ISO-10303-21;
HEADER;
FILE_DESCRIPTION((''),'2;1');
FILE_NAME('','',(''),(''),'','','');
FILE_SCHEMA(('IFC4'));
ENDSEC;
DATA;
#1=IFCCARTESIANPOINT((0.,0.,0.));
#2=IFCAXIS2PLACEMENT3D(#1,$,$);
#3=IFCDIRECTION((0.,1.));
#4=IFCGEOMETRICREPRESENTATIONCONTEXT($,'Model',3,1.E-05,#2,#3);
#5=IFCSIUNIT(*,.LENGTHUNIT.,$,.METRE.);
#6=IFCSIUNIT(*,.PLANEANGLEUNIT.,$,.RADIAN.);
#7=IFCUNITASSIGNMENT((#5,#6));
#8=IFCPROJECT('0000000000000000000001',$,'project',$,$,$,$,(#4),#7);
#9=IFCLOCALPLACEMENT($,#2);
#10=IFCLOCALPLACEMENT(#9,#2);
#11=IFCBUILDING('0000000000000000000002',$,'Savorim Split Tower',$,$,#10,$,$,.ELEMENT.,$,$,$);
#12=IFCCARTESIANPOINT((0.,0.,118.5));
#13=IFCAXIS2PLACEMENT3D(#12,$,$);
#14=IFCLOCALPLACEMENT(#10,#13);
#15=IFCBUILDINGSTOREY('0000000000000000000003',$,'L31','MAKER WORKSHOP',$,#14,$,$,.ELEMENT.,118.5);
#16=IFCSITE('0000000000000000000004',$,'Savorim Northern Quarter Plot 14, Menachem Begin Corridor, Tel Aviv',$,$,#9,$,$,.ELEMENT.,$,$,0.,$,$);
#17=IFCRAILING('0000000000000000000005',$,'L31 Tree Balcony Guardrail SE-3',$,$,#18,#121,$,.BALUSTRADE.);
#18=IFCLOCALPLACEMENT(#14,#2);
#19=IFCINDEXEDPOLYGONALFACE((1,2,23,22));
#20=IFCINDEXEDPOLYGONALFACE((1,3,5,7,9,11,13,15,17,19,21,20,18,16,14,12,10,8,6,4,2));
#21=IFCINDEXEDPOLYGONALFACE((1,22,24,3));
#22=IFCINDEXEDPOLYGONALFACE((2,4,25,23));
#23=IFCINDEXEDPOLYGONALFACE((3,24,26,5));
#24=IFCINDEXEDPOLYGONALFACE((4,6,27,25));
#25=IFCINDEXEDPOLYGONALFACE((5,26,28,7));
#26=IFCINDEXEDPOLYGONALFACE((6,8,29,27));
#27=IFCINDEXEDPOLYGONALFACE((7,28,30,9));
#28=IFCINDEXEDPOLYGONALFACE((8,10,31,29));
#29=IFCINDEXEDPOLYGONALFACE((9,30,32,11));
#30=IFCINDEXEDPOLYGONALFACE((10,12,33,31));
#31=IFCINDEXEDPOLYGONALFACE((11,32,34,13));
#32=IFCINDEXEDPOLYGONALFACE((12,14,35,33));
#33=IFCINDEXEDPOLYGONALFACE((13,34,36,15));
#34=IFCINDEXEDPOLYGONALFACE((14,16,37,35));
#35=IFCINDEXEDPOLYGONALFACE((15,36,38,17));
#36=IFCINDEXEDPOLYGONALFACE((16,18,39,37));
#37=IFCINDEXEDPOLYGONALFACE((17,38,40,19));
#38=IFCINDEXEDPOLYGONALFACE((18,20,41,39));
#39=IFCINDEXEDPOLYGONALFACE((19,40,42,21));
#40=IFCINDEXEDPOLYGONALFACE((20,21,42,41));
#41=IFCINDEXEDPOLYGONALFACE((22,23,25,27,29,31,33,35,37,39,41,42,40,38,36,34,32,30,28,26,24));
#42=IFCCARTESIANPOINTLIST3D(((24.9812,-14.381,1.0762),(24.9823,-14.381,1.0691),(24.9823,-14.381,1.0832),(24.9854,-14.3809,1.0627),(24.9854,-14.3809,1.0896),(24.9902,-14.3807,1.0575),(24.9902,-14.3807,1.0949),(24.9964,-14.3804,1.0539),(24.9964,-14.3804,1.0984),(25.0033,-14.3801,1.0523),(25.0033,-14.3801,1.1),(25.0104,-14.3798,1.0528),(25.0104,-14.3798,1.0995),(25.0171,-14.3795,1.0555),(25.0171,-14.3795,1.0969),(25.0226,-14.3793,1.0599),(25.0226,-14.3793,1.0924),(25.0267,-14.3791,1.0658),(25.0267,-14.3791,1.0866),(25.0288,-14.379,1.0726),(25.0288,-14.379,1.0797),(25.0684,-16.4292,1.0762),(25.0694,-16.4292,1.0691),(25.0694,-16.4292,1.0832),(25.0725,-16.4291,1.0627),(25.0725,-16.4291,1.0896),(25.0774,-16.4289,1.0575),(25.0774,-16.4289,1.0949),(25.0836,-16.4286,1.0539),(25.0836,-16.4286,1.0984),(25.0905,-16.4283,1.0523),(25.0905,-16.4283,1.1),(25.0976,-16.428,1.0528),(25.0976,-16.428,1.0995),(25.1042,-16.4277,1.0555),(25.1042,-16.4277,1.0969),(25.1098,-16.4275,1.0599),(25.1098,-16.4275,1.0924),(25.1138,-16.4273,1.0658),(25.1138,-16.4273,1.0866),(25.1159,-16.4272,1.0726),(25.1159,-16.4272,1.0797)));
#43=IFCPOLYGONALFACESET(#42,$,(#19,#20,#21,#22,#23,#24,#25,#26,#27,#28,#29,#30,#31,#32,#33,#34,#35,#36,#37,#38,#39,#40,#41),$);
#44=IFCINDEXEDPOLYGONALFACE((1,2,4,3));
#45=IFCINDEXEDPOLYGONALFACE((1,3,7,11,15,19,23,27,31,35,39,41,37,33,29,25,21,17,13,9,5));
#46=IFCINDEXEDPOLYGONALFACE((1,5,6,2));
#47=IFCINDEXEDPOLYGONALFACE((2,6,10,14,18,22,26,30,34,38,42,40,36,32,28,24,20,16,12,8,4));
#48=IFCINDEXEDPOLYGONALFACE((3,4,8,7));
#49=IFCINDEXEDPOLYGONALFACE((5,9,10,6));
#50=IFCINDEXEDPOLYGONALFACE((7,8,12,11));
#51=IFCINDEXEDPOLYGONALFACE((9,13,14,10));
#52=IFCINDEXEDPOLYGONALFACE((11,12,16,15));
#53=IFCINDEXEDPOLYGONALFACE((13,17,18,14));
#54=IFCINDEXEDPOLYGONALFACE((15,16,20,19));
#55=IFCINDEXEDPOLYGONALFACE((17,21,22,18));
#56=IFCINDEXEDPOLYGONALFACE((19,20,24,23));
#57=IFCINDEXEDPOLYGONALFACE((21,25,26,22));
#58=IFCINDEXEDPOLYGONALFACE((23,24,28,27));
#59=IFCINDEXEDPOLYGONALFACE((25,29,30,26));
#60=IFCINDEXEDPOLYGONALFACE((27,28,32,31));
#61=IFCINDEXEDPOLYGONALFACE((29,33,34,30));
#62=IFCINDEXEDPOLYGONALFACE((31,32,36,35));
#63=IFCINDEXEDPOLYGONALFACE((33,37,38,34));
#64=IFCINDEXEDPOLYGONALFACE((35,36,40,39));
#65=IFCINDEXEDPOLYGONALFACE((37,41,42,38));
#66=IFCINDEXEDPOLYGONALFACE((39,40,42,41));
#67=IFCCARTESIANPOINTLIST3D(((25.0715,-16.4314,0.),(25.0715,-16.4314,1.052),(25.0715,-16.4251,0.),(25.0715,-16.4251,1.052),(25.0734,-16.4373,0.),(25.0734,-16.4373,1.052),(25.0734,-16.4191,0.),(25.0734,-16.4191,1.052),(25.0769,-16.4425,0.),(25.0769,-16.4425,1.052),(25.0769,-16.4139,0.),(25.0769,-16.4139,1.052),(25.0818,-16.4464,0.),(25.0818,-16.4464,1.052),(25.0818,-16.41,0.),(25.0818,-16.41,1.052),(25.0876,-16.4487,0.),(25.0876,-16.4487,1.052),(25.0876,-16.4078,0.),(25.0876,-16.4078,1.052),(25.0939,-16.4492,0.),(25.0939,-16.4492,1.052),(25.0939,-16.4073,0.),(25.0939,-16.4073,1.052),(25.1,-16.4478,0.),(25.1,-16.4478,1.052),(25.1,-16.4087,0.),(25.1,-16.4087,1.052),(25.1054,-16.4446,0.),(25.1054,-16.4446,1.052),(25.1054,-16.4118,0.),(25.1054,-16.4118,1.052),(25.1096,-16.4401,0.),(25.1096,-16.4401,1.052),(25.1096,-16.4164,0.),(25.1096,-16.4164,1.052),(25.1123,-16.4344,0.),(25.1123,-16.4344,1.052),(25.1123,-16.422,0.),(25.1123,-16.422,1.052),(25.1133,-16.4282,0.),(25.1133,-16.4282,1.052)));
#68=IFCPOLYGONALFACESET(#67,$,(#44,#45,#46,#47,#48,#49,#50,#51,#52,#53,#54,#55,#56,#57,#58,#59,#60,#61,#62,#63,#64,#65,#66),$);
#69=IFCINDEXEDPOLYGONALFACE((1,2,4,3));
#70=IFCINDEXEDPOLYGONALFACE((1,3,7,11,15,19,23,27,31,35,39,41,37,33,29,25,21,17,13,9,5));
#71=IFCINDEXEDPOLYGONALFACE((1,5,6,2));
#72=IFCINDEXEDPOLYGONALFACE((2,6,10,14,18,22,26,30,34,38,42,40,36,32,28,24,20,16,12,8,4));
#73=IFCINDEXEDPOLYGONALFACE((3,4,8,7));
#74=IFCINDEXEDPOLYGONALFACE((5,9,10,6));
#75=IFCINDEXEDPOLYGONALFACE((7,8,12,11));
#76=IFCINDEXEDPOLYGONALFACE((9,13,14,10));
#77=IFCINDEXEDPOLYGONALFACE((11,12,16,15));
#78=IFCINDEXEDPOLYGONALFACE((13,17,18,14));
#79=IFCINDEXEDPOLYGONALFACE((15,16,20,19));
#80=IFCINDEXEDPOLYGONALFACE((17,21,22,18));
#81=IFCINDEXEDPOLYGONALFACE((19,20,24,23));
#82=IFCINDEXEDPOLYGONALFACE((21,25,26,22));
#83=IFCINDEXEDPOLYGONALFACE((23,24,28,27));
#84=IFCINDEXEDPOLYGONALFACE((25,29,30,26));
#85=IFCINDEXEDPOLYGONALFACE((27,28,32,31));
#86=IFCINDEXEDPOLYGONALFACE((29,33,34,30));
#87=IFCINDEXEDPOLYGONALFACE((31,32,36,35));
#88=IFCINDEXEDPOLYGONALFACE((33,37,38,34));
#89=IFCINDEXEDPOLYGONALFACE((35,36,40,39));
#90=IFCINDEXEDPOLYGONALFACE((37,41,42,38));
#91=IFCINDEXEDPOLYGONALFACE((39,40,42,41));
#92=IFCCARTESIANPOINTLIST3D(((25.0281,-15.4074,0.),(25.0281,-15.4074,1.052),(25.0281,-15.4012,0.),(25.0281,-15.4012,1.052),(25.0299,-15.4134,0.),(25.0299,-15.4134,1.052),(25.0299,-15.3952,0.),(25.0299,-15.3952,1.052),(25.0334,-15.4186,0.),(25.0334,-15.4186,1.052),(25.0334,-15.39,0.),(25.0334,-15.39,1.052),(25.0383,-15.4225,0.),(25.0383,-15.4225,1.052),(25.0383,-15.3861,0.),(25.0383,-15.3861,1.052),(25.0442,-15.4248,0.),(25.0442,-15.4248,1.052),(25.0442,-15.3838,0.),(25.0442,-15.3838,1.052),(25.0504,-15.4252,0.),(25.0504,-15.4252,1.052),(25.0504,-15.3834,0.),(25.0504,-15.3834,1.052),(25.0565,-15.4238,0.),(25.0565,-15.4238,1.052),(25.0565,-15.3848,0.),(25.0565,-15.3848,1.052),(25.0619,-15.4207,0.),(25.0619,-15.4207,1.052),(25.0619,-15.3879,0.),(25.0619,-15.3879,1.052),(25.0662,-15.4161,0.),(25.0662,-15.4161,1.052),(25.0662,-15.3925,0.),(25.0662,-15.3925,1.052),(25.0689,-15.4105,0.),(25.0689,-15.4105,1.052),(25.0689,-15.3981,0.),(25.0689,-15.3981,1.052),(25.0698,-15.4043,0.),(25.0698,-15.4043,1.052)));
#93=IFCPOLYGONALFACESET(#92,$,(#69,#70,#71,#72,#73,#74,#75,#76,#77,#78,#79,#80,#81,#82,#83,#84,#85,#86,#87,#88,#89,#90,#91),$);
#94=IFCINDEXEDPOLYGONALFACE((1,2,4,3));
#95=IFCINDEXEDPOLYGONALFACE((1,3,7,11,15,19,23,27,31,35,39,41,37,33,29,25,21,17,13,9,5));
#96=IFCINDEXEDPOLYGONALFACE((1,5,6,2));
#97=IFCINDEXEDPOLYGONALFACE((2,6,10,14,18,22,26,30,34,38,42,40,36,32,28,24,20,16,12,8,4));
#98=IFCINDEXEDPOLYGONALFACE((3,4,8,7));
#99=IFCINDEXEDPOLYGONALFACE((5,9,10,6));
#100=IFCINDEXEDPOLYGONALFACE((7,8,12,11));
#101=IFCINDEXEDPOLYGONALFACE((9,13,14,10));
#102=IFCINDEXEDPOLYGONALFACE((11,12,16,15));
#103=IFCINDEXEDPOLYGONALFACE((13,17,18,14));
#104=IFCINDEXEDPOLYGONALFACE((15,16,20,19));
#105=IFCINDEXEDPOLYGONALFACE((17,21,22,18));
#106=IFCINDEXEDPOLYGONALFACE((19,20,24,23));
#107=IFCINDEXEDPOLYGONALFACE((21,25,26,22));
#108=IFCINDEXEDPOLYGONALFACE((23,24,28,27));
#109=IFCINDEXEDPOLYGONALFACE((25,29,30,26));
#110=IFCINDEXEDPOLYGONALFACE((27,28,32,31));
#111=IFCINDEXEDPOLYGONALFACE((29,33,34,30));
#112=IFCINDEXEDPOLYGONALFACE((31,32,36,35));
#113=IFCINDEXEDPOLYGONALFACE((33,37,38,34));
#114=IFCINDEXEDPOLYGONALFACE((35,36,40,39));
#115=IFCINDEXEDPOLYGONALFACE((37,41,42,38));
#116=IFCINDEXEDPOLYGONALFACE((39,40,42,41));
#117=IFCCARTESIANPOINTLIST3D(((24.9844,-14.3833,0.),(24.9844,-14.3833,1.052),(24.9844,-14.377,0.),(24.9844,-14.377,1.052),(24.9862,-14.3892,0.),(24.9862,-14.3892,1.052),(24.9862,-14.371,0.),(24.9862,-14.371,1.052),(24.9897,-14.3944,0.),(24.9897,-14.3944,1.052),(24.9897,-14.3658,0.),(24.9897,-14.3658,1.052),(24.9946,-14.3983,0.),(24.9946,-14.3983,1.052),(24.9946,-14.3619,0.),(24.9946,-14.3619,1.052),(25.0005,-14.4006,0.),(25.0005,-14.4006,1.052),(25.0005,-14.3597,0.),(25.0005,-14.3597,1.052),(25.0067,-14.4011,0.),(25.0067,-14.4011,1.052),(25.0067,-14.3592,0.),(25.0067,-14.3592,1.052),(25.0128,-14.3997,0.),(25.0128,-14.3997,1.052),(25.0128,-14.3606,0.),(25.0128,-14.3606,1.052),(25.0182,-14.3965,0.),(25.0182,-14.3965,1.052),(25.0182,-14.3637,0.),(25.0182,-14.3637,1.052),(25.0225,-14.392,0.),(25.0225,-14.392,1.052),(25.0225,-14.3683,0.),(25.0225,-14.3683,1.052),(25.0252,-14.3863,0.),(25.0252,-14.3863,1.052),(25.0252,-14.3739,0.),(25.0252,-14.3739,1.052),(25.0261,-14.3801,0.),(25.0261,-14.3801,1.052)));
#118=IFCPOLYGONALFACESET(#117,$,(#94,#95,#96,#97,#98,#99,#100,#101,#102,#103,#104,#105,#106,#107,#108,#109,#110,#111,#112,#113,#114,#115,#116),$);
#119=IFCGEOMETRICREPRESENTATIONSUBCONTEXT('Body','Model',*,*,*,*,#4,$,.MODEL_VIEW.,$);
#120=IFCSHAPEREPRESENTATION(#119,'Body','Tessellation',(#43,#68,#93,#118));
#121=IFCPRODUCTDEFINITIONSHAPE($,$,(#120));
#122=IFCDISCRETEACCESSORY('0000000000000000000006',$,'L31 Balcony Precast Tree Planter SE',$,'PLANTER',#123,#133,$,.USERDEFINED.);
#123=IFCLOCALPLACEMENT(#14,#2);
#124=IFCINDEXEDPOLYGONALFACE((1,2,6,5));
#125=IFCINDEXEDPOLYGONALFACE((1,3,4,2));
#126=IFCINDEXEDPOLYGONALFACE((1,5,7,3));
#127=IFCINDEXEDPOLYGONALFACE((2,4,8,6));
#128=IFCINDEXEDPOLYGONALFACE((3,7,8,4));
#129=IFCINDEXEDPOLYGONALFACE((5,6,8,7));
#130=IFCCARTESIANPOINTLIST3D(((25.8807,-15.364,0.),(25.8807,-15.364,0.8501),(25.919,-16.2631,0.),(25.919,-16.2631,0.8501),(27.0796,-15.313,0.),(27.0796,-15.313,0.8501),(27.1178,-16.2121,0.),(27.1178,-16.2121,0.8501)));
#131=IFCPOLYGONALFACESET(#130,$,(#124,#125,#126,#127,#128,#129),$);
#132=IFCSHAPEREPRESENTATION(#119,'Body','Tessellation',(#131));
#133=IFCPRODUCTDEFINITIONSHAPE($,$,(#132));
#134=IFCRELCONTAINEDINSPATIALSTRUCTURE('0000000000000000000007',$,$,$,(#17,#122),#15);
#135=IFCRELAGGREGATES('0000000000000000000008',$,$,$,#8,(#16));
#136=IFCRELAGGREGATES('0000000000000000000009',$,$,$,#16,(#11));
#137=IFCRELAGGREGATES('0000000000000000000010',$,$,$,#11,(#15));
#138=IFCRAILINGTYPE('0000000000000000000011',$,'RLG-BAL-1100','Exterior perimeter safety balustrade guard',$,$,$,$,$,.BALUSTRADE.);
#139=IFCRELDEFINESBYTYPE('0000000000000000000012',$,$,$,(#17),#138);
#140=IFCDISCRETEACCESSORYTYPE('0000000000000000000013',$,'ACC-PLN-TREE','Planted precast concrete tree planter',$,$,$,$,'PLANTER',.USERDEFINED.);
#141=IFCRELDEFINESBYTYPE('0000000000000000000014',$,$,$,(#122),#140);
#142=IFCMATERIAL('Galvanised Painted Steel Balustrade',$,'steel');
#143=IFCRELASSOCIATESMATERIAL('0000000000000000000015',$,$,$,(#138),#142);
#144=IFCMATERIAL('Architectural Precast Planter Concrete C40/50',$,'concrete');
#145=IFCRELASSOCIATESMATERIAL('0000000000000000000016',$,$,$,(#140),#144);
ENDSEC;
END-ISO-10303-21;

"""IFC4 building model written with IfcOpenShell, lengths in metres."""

from ifc_helpers import new_model, si_unit, direction, frame, origin, origin_2d, place, context, subcontext, project, spatial, rectangle, circle, extrude, material, type_object, element, save


model = new_model("IFC4")

# Units and contexts
model_context = context("Model", 3, precision=1e-05, world=origin(), true_north=direction((0.0, 1.0)))
body_context = subcontext(model_context, "Body", "Model", "MODEL_VIEW")
ifc_project = project(units=[si_unit("LENGTHUNIT", "METRE"), si_unit("PLANEANGLEUNIT", "RADIAN")], contexts=[model_context])

# Site, building, storey
site_placement = place(None, origin())
site = spatial("IfcSite", under=ifc_project, at=site_placement, Name="Savorim Northern Quarter Plot 14, Menachem Begin Corridor, Tel Aviv", CompositionType="ELEMENT", RefElevation=0.0)
building_placement = place(site_placement, origin())
building = spatial("IfcBuilding", under=site, at=building_placement, Name="Savorim Split Tower", CompositionType="ELEMENT")
storey_placement = place(building_placement, frame((0.0, 0.0, 118.5)))
storey = spatial("IfcBuildingStorey", under=building, at=storey_placement, Name="L31", Description="MAKER WORKSHOP", CompositionType="ELEMENT", Elevation=118.5)

# Railing
ifc_material_1 = material(Name="Galvanised Painted Steel Balustrade", Category="steel")
railing_type = type_object("IfcRailingType", Name="RLG-BAL-1100", Description="Exterior perimeter safety balustrade guard", PredefinedType="BALUSTRADE", material=ifc_material_1)
railing_1_placement = place(storey_placement, frame((25.0923, -16.4282, 0.0)))
element("IfcRailing", 1, at=railing_1_placement, inside=storey, type_object=railing_type, Name="L31 Tree Balcony Guardrail SE-3", PredefinedType="BALUSTRADE", context=body_context, shape_type="SweptSolid", body=[
    extrude(circle(Radius=0.0239, at=origin_2d()), frame((0.0, 0.0, 1.0762), z_axis=(-0.042517, 0.999096, 0.0), x_axis=(-0.999096, -0.042517, 0.0)), (0.0, 0.0, 1.0), 2.05),
    extrude(circle(Radius=0.021, at=origin_2d()), origin(), (0.0, 0.0, 1.0), 1.052),
    extrude(circle(Radius=0.021, at=origin_2d()), frame((-0.0435, 1.0239, 0.0)), (0.0, 0.0, 1.0), 1.052),
    extrude(circle(Radius=0.021, at=origin_2d()), frame((-0.0872, 2.0481, 0.0)), (0.0, 0.0, 1.0), 1.052),
])

# Discrete accessory
ifc_material_2 = material(Name="Architectural Precast Planter Concrete C40/50", Category="concrete")
discrete_accessory_type = type_object("IfcDiscreteAccessoryType", Name="ACC-PLN-TREE", Description="Planted precast concrete tree planter", ElementType="PLANTER", PredefinedType="USERDEFINED", material=ifc_material_2)
discrete_accessory_placement = place(storey_placement, frame((26.4993, -15.7881, 0.0), z_axis=(0.0, 0.0, 1.0), x_axis=(0.999097, 0.042496, 0.0)))
element("IfcDiscreteAccessory", 2, at=discrete_accessory_placement, inside=storey, type_object=discrete_accessory_type, Name="L31 Balcony Precast Tree Planter SE", ObjectType="PLANTER", PredefinedType="USERDEFINED", context=body_context, shape_type="SweptSolid", body=[
    extrude(rectangle(XDim=1.2, YDim=0.8999, at=origin_2d()), origin(), (0.0, 0.0, 1.0), 0.8501),
])

save(model, "model.ifc")
